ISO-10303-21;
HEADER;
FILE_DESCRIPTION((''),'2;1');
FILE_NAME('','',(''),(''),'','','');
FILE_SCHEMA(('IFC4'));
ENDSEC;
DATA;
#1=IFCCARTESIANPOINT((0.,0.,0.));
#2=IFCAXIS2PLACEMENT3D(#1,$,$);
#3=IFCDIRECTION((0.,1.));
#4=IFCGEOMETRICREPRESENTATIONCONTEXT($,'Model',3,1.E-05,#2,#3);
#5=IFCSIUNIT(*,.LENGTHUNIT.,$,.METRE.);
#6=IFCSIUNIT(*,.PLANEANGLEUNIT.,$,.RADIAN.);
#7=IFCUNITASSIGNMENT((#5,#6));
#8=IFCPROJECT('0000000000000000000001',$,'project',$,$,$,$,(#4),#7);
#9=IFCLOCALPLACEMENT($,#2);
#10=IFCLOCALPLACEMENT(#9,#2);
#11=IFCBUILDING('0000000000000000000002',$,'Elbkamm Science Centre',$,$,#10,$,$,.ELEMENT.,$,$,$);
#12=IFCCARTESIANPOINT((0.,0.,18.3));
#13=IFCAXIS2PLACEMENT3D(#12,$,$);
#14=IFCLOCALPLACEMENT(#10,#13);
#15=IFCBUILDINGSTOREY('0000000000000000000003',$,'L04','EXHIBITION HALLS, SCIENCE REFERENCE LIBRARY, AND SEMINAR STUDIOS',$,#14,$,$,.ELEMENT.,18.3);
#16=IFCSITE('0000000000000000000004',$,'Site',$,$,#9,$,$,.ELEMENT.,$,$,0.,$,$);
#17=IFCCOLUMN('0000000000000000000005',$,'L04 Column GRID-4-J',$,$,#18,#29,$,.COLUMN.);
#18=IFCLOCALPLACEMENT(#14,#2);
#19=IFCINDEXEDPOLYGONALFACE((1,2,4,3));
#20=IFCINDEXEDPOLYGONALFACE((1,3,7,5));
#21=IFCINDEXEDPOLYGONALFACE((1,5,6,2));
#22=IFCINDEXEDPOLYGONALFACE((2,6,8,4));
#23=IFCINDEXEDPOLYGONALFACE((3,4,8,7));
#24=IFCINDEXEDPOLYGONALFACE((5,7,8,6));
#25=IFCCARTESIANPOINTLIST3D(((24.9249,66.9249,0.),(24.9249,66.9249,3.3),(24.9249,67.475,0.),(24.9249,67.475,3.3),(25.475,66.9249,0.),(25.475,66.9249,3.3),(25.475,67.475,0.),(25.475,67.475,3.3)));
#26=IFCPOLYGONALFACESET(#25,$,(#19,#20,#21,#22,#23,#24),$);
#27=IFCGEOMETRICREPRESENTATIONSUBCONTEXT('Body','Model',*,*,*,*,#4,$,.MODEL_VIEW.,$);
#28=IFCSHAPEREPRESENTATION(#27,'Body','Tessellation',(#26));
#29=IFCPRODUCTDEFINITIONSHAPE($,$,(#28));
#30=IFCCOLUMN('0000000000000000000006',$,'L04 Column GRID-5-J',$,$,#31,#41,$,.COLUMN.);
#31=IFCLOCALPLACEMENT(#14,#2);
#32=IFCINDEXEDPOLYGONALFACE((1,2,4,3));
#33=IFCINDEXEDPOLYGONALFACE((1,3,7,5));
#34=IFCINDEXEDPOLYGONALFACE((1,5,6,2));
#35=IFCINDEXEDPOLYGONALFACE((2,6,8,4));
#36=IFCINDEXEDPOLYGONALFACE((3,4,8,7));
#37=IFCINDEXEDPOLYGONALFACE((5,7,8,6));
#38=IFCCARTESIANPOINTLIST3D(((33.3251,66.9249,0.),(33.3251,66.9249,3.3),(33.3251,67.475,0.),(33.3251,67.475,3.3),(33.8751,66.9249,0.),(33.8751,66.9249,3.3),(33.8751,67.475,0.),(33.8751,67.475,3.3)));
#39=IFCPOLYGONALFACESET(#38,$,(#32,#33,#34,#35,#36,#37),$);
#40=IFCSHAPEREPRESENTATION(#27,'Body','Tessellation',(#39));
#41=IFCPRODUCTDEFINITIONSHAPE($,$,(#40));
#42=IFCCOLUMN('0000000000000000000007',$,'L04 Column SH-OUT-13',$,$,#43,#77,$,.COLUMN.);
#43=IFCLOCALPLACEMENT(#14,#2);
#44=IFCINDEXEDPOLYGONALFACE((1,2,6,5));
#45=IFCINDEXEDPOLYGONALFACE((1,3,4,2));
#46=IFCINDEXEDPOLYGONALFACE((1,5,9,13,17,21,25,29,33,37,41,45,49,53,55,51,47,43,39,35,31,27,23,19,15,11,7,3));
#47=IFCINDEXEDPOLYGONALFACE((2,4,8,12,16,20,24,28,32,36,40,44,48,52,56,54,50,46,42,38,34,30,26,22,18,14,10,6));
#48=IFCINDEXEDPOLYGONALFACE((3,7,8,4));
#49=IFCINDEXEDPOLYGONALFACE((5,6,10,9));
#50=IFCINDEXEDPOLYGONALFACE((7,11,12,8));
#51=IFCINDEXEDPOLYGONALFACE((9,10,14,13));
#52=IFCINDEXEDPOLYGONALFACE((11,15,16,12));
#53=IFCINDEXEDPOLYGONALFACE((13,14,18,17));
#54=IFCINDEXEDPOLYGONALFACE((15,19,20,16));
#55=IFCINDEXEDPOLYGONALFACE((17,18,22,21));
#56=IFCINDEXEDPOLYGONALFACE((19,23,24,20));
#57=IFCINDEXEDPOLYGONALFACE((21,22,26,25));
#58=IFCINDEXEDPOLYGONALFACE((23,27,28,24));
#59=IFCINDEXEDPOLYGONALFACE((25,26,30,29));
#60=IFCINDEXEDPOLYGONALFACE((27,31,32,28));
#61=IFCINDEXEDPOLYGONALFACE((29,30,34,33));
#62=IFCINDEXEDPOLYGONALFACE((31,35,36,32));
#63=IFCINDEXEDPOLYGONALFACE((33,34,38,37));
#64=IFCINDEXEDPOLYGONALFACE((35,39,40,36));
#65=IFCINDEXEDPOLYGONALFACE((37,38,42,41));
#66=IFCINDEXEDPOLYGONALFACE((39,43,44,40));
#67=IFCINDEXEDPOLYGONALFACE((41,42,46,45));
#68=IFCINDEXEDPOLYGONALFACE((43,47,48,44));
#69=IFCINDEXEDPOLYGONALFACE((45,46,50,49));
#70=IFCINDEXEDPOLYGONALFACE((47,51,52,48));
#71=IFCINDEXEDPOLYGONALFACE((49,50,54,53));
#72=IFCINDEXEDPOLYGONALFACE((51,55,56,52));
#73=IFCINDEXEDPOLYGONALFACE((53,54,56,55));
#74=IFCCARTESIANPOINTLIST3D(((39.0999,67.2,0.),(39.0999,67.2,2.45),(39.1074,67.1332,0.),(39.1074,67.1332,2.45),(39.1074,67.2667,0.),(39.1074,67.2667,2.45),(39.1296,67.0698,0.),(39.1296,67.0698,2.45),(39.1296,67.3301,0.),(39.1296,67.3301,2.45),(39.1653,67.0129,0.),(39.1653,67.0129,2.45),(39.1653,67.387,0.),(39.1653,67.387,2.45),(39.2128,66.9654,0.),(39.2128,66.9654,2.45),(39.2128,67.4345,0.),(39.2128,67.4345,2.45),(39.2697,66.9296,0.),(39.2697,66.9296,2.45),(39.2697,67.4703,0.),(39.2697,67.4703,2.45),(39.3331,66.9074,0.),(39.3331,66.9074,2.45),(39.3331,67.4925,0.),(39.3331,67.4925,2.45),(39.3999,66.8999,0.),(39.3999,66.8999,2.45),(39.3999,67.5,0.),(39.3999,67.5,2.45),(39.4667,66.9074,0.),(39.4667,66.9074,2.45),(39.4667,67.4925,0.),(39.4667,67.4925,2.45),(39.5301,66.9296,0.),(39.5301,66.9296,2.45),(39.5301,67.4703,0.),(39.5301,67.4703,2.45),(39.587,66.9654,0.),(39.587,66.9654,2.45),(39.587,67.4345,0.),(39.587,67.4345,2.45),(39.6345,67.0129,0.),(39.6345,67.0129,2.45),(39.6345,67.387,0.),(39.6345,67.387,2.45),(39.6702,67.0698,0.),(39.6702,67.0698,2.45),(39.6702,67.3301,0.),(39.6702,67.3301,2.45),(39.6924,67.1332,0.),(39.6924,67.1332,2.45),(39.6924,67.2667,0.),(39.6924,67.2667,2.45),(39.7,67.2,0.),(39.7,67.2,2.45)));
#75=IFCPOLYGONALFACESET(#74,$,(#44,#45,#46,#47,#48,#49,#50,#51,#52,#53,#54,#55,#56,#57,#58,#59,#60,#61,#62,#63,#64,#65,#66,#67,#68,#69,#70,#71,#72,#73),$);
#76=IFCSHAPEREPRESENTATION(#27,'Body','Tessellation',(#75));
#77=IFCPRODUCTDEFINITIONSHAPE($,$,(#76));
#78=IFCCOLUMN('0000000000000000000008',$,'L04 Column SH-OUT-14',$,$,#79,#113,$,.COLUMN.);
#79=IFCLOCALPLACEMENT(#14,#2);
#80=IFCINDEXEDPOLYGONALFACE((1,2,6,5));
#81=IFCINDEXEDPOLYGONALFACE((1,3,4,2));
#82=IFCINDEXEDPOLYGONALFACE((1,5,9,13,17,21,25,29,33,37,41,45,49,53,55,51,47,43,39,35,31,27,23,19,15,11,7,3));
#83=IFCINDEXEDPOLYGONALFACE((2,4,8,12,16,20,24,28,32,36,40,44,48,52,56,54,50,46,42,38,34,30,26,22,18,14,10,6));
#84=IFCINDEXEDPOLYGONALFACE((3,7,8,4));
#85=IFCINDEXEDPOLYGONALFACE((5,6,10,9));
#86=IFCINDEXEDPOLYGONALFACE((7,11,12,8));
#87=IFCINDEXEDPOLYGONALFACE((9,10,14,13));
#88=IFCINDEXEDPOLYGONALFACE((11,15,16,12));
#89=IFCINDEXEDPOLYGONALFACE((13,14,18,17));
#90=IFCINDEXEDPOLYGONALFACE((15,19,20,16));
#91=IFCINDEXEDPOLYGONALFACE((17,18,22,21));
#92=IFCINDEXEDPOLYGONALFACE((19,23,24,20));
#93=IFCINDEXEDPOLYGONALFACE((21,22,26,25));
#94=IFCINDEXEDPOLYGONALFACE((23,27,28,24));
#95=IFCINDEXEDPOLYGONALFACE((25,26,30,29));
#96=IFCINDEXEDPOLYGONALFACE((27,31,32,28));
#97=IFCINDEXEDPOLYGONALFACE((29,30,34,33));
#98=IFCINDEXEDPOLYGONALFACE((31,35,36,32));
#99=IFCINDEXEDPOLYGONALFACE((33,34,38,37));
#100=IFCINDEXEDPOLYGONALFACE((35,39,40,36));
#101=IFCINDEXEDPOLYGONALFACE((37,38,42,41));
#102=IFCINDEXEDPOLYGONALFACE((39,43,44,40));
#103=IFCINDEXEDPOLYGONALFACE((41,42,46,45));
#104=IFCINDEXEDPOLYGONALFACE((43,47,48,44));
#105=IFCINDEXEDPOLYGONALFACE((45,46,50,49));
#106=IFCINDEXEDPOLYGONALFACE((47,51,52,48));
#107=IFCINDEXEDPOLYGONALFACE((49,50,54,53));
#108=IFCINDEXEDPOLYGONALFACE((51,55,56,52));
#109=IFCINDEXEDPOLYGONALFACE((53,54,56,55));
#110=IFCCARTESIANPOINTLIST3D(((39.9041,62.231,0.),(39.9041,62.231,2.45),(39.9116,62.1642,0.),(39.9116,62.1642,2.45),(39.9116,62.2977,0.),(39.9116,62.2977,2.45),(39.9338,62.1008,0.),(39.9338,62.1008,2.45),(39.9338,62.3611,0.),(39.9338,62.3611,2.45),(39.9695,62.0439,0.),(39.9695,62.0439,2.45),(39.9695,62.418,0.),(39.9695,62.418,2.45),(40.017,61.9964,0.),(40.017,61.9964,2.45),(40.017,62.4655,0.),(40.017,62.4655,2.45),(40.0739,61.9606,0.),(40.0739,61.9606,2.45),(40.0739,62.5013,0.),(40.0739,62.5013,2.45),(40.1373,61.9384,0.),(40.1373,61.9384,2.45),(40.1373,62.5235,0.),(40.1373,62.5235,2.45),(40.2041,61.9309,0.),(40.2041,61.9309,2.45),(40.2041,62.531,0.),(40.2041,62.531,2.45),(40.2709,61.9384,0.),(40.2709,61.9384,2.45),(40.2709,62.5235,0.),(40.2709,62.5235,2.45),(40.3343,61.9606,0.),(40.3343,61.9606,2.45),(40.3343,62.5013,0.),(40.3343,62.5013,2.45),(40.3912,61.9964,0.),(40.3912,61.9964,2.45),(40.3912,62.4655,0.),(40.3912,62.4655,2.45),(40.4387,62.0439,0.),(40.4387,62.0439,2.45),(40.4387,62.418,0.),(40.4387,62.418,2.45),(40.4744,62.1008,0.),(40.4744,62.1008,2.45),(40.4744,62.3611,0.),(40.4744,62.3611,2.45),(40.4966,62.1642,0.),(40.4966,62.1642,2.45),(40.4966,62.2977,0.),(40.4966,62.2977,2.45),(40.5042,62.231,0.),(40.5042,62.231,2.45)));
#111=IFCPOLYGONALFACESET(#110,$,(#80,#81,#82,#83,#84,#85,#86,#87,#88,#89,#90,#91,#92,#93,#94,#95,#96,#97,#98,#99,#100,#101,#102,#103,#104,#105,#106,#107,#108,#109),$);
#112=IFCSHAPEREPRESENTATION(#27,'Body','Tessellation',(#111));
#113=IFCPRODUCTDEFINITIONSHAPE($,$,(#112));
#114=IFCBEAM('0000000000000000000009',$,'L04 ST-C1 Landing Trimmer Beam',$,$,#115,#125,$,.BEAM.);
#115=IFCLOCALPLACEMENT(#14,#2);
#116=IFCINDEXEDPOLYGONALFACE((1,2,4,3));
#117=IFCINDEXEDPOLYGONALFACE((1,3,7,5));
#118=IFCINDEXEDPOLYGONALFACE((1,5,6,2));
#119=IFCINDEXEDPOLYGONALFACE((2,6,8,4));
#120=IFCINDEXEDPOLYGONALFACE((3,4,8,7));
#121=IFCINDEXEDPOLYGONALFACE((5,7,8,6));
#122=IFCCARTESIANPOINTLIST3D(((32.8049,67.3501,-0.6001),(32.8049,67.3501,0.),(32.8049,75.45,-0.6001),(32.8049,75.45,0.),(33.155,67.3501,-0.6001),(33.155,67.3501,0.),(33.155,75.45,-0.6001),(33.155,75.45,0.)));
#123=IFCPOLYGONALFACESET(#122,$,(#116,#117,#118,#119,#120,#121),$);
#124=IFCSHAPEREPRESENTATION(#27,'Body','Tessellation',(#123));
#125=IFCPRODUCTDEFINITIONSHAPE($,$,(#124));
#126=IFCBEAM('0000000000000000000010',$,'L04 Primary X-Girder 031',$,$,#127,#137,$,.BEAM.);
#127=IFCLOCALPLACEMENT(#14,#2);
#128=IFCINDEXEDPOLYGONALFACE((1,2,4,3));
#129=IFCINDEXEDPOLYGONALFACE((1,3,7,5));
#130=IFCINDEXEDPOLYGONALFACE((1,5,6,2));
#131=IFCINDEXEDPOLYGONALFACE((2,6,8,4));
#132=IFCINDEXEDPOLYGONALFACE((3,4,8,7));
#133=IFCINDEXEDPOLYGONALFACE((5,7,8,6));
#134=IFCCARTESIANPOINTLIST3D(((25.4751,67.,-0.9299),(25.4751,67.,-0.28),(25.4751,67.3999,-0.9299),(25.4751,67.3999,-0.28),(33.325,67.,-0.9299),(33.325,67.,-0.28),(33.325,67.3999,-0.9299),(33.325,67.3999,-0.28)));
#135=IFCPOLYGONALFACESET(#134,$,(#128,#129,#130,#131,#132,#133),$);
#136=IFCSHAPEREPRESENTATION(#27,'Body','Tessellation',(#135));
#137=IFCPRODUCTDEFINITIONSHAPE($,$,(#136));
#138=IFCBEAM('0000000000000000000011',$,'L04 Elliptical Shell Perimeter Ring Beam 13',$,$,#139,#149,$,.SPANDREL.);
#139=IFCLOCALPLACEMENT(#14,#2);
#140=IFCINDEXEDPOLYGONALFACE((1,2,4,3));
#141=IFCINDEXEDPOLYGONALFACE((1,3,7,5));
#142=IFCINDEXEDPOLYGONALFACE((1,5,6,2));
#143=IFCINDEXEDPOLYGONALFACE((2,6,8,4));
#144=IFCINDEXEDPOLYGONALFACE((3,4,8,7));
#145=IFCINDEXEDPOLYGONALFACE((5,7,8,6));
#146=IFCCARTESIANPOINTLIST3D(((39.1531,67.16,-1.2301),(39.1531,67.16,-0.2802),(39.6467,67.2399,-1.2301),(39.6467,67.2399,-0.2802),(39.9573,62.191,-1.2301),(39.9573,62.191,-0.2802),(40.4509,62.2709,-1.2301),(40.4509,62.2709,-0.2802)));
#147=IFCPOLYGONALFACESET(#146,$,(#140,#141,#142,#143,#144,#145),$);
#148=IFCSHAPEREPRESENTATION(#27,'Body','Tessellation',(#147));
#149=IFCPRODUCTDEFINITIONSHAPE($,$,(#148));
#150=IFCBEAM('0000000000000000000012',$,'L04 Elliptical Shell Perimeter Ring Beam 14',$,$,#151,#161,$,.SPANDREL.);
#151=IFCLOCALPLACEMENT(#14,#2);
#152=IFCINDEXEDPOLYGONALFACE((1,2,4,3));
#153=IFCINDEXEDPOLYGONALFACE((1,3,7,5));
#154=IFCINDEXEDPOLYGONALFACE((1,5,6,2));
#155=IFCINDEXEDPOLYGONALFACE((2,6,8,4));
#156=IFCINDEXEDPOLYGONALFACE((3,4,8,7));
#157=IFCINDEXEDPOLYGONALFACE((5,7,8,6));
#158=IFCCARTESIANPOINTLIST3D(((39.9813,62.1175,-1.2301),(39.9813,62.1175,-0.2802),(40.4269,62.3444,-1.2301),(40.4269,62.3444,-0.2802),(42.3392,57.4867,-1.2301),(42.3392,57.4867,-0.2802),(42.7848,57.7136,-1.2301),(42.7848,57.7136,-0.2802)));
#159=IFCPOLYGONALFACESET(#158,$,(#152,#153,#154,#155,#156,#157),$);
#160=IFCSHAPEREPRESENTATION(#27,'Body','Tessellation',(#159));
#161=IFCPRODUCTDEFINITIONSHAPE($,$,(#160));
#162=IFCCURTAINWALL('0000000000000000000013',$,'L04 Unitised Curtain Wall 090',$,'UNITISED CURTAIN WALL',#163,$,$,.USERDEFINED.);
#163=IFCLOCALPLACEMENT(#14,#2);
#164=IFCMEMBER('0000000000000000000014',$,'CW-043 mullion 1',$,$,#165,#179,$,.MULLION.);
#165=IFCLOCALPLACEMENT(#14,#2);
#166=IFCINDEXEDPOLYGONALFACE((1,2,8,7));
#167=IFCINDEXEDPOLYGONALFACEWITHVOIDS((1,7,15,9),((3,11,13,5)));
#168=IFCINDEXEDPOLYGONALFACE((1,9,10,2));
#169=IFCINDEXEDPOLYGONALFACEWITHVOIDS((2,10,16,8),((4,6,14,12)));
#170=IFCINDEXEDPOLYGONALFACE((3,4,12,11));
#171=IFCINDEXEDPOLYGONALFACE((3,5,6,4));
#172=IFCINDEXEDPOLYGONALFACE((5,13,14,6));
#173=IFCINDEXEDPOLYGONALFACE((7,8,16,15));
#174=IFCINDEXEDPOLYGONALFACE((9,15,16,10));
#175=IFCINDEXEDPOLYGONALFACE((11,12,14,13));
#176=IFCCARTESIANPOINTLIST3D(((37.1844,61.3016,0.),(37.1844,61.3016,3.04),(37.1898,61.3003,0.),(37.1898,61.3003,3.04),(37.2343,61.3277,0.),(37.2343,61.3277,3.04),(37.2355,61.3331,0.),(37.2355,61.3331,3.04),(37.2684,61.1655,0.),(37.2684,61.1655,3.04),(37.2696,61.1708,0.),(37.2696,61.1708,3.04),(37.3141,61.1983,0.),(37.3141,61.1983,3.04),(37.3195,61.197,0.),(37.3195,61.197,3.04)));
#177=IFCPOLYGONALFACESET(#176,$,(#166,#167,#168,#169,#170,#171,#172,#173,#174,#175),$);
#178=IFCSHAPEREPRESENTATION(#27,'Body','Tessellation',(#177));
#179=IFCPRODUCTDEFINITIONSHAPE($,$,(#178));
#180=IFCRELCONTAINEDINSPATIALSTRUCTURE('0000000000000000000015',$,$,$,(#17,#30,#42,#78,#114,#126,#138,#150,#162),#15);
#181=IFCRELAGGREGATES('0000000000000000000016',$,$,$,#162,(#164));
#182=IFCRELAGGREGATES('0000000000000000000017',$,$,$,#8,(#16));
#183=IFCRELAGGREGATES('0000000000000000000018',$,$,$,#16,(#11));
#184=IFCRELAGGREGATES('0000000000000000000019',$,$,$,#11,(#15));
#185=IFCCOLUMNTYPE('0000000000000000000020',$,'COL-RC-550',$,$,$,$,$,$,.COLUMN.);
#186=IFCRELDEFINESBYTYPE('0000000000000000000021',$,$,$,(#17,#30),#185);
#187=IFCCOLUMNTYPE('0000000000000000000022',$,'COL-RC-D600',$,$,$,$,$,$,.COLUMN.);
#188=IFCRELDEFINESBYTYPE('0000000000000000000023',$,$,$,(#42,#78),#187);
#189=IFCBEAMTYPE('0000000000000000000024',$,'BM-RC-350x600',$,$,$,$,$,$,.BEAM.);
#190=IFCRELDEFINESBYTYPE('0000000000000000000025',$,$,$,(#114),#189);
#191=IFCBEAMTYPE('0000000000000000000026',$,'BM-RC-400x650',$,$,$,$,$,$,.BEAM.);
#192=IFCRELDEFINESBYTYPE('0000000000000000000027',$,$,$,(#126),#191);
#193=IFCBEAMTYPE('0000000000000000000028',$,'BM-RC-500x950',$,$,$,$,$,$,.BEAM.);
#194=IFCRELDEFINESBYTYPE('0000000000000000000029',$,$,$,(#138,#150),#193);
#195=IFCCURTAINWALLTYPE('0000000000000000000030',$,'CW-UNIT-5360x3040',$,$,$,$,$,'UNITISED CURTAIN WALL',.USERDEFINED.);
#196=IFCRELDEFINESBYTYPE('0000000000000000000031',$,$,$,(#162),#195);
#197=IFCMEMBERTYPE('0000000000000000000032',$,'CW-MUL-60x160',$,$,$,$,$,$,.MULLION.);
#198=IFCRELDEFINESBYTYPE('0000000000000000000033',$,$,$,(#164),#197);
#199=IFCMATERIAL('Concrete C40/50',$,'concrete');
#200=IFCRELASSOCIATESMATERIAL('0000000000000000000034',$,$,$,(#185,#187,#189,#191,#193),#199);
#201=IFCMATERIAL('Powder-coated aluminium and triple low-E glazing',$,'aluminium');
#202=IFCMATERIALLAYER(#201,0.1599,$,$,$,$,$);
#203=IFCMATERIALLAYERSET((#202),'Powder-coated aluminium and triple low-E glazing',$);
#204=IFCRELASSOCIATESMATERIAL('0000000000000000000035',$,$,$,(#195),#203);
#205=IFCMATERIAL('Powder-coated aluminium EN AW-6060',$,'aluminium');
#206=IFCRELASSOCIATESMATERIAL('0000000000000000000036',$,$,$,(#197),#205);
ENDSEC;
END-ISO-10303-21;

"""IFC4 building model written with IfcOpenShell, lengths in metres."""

from ifc_helpers import new_model, si_unit, direction, frame, origin, origin_2d, place, context, subcontext, project, spatial, rectangle, hollow_rectangle, circle, extrude, material, layer, layer_set, material_profile, profile_set, type_object, element, aggregate, save


model = new_model("IFC4")

# Units and contexts
model_context = context("Model", 3, precision=1e-05, world=origin(), true_north=direction((0.0, 1.0)))
body_context = subcontext(model_context, "Body", "Model", "MODEL_VIEW")
ifc_project = project(units=[si_unit("LENGTHUNIT", "METRE"), si_unit("PLANEANGLEUNIT", "RADIAN")], contexts=[model_context])

# Site, building, storey
site_placement = place(None, origin())
site = spatial("IfcSite", under=ifc_project, at=site_placement, Name="Site", CompositionType="ELEMENT", RefElevation=0.0)
building_placement = place(site_placement, origin())
building = spatial("IfcBuilding", under=site, at=building_placement, Name="Elbkamm Science Centre", CompositionType="ELEMENT")
storey_placement = place(building_placement, frame((0.0, 0.0, 18.3)))
storey = spatial("IfcBuildingStorey", under=building, at=storey_placement, Name="L04", Description="EXHIBITION HALLS, SCIENCE REFERENCE LIBRARY, AND SEMINAR STUDIOS", CompositionType="ELEMENT", Elevation=18.3)

# Columns
ifc_material_1 = material(Name="Concrete C40/50", Category="concrete")
ifc_material_profile_1 = material_profile(ifc_material_1, rectangle(XDim=0.55, YDim=0.55, at=origin_2d()), Name="RC 550x550")
ifc_profile_set_1 = profile_set([ifc_material_profile_1], Name="Concrete C40/50")
column_type_1 = type_object("IfcColumnType", Name="COL-RC-550", PredefinedType="COLUMN", material=ifc_profile_set_1)
for number, where, z_axis, x_axis, name in (
    (1, (25.2, 67.2, 0.0), (0.0, 0.0, 1.0), (1.0, 0.0, 0.0), "L04 Column GRID-4-J"),
    (2, (33.6001, 67.2, 0.0), (0.0, 0.0, 1.0), (1.0, 0.0, 0.0), "L04 Column GRID-5-J"),
):
    element("IfcColumn", number, at=place(storey_placement, frame(where, z_axis=z_axis, x_axis=x_axis)), inside=storey, type_object=column_type_1, Name=name, PredefinedType="COLUMN", context=body_context, shape_type="SweptSolid", body=[
        extrude(rectangle(XDim=0.55, YDim=0.55, at=origin_2d()), origin(), (0.0, 0.0, 1.0), 3.3),
    ])
ifc_material_profile_2 = material_profile(ifc_material_1, circle(Radius=0.3, at=origin_2d()), Name="RC D600")
ifc_profile_set_2 = profile_set([ifc_material_profile_2], Name="Concrete C40/50")
column_type_2 = type_object("IfcColumnType", Name="COL-RC-D600", PredefinedType="COLUMN", material=ifc_profile_set_2)
for number, where, z_axis, x_axis, name in (
    (3, (39.3999, 67.2, 0.0), (0.0, 0.0, 1.0), (1.0, 0.0, 0.0), "L04 Column SH-OUT-13"),
    (4, (40.2041, 62.231, 0.0), (0.0, 0.0, 1.0), (1.0, 0.0, 0.0), "L04 Column SH-OUT-14"),
):
    element("IfcColumn", number, at=place(storey_placement, frame(where, z_axis=z_axis, x_axis=x_axis)), inside=storey, type_object=column_type_2, Name=name, PredefinedType="COLUMN", context=body_context, shape_type="SweptSolid", body=[
        extrude(circle(Radius=0.3, at=origin_2d()), origin(), (0.0, 0.0, 1.0), 2.45),
    ])

# Beams
ifc_material_profile_3 = material_profile(ifc_material_1, rectangle(XDim=0.3501, YDim=0.6001, at=origin_2d()), Name="RC 350x600")
ifc_profile_set_3 = profile_set([ifc_material_profile_3], Name="Concrete C40/50")
beam_type_1 = type_object("IfcBeamType", Name="BM-RC-350x600", PredefinedType="BEAM", material=ifc_profile_set_3)
beam_1_placement = place(storey_placement, frame((32.98, 67.3501, -0.3), z_axis=(0.0, 1.0, 0.0), x_axis=(-1.0, 0.0, 0.0)))
element("IfcBeam", 5, at=beam_1_placement, inside=storey, type_object=beam_type_1, Name="L04 ST-C1 Landing Trimmer Beam", PredefinedType="BEAM", context=body_context, shape_type="SweptSolid", body=[
    extrude(rectangle(XDim=0.3501, YDim=0.6001, at=origin_2d()), origin(), (0.0, 0.0, 1.0), 8.0999),
])
ifc_material_profile_4 = material_profile(ifc_material_1, rectangle(XDim=0.3999, YDim=0.6499, at=origin_2d()), Name="RC 400x650")
ifc_profile_set_4 = profile_set([ifc_material_profile_4], Name="Concrete C40/50")
beam_type_2 = type_object("IfcBeamType", Name="BM-RC-400x650", PredefinedType="BEAM", material=ifc_profile_set_4)
beam_2_placement = place(storey_placement, frame((25.4751, 67.2, -0.605), z_axis=(1.0, 0.0, 0.0), x_axis=(0.0, 1.0, 0.0)))
element("IfcBeam", 6, at=beam_2_placement, inside=storey, type_object=beam_type_2, Name="L04 Primary X-Girder 031", PredefinedType="BEAM", context=body_context, shape_type="SweptSolid", body=[
    extrude(rectangle(XDim=0.3999, YDim=0.6499, at=origin_2d()), origin(), (0.0, 0.0, 1.0), 7.8499),
])
ifc_material_profile_5 = material_profile(ifc_material_1, rectangle(XDim=0.5, YDim=0.95, at=origin_2d()), Name="RC 500x950")
ifc_profile_set_5 = profile_set([ifc_material_profile_5], Name="Concrete C40/50")
beam_type_3 = type_object("IfcBeamType", Name="BM-RC-500x950", PredefinedType="BEAM", material=ifc_profile_set_5)
beam_3_placement = place(storey_placement, frame((39.3999, 67.2, -0.7551), z_axis=(0.159765, -0.987155, 0.0), x_axis=(0.987155, 0.159765, 0.0)))
element("IfcBeam", 7, at=beam_3_placement, inside=storey, type_object=beam_type_3, Name="L04 Elliptical Shell Perimeter Ring Beam 13", PredefinedType="SPANDREL", context=body_context, shape_type="SweptSolid", body=[
    extrude(rectangle(XDim=0.5, YDim=0.95, at=origin_2d()), origin(), (0.0, 0.0, 1.0), 5.0337),
])
beam_4_placement = place(storey_placement, frame((40.2041, 62.231, -0.7551), z_axis=(0.453741, -0.891133, 0.0), x_axis=(0.891133, 0.453741, 0.0)))
element("IfcBeam", 8, at=beam_4_placement, inside=storey, type_object=beam_type_3, Name="L04 Elliptical Shell Perimeter Ring Beam 14", PredefinedType="SPANDREL", context=body_context, shape_type="SweptSolid", body=[
    extrude(rectangle(XDim=0.5, YDim=0.95, at=origin_2d()), origin(), (0.0, 0.0, 1.0), 5.1965),
])

# Curtain wall, member
ifc_material_2 = material(Name="Powder-coated aluminium and triple low-E glazing", Category="aluminium")
ifc_layer_1 = layer(ifc_material_2, 0.1599)
ifc_layer_set_1 = layer_set([ifc_layer_1], Name="Powder-coated aluminium and triple low-E glazing")
curtain_wall_type = type_object("IfcCurtainWallType", Name="CW-UNIT-5360x3040", ElementType="UNITISED CURTAIN WALL", PredefinedType="USERDEFINED", material=ifc_layer_set_1)
curtain_wall_placement = place(storey_placement, origin())
curtain_wall = element("IfcCurtainWall", 9, at=curtain_wall_placement, inside=storey, type_object=curtain_wall_type, Name="L04 Unitised Curtain Wall 090", ObjectType="UNITISED CURTAIN WALL", PredefinedType="USERDEFINED")
ifc_material_3 = material(Name="Powder-coated aluminium EN AW-6060", Category="aluminium")
ifc_material_profile_6 = material_profile(ifc_material_3, hollow_rectangle(XDim=0.0601, YDim=0.1599, WallThickness=0.0039, at=origin_2d()), Name="ALU M60x160")
ifc_profile_set_6 = profile_set([ifc_material_profile_6], Name="Powder-coated aluminium EN AW-6060")
member_type_1 = type_object("IfcMemberType", Name="CW-MUL-60x160", PredefinedType="MULLION", material=ifc_profile_set_6)
member_1_placement = place(storey_placement, frame((37.252, 61.2493, 0.0), z_axis=(0.0, 0.0, 1.0), x_axis=(0.851147, 0.524927, 0.0)))
member_1 = element("IfcMember", 10, at=member_1_placement, type_object=member_type_1, Name="CW-043 mullion 1", PredefinedType="MULLION", context=body_context, shape_type="SweptSolid", body=[
    extrude(hollow_rectangle(XDim=0.0601, YDim=0.1599, WallThickness=0.0039, at=origin_2d()), origin(), (0.0, 0.0, 1.0), 3.04),
])

aggregate(curtain_wall, [member_1])

save(model, "model.ifc")
